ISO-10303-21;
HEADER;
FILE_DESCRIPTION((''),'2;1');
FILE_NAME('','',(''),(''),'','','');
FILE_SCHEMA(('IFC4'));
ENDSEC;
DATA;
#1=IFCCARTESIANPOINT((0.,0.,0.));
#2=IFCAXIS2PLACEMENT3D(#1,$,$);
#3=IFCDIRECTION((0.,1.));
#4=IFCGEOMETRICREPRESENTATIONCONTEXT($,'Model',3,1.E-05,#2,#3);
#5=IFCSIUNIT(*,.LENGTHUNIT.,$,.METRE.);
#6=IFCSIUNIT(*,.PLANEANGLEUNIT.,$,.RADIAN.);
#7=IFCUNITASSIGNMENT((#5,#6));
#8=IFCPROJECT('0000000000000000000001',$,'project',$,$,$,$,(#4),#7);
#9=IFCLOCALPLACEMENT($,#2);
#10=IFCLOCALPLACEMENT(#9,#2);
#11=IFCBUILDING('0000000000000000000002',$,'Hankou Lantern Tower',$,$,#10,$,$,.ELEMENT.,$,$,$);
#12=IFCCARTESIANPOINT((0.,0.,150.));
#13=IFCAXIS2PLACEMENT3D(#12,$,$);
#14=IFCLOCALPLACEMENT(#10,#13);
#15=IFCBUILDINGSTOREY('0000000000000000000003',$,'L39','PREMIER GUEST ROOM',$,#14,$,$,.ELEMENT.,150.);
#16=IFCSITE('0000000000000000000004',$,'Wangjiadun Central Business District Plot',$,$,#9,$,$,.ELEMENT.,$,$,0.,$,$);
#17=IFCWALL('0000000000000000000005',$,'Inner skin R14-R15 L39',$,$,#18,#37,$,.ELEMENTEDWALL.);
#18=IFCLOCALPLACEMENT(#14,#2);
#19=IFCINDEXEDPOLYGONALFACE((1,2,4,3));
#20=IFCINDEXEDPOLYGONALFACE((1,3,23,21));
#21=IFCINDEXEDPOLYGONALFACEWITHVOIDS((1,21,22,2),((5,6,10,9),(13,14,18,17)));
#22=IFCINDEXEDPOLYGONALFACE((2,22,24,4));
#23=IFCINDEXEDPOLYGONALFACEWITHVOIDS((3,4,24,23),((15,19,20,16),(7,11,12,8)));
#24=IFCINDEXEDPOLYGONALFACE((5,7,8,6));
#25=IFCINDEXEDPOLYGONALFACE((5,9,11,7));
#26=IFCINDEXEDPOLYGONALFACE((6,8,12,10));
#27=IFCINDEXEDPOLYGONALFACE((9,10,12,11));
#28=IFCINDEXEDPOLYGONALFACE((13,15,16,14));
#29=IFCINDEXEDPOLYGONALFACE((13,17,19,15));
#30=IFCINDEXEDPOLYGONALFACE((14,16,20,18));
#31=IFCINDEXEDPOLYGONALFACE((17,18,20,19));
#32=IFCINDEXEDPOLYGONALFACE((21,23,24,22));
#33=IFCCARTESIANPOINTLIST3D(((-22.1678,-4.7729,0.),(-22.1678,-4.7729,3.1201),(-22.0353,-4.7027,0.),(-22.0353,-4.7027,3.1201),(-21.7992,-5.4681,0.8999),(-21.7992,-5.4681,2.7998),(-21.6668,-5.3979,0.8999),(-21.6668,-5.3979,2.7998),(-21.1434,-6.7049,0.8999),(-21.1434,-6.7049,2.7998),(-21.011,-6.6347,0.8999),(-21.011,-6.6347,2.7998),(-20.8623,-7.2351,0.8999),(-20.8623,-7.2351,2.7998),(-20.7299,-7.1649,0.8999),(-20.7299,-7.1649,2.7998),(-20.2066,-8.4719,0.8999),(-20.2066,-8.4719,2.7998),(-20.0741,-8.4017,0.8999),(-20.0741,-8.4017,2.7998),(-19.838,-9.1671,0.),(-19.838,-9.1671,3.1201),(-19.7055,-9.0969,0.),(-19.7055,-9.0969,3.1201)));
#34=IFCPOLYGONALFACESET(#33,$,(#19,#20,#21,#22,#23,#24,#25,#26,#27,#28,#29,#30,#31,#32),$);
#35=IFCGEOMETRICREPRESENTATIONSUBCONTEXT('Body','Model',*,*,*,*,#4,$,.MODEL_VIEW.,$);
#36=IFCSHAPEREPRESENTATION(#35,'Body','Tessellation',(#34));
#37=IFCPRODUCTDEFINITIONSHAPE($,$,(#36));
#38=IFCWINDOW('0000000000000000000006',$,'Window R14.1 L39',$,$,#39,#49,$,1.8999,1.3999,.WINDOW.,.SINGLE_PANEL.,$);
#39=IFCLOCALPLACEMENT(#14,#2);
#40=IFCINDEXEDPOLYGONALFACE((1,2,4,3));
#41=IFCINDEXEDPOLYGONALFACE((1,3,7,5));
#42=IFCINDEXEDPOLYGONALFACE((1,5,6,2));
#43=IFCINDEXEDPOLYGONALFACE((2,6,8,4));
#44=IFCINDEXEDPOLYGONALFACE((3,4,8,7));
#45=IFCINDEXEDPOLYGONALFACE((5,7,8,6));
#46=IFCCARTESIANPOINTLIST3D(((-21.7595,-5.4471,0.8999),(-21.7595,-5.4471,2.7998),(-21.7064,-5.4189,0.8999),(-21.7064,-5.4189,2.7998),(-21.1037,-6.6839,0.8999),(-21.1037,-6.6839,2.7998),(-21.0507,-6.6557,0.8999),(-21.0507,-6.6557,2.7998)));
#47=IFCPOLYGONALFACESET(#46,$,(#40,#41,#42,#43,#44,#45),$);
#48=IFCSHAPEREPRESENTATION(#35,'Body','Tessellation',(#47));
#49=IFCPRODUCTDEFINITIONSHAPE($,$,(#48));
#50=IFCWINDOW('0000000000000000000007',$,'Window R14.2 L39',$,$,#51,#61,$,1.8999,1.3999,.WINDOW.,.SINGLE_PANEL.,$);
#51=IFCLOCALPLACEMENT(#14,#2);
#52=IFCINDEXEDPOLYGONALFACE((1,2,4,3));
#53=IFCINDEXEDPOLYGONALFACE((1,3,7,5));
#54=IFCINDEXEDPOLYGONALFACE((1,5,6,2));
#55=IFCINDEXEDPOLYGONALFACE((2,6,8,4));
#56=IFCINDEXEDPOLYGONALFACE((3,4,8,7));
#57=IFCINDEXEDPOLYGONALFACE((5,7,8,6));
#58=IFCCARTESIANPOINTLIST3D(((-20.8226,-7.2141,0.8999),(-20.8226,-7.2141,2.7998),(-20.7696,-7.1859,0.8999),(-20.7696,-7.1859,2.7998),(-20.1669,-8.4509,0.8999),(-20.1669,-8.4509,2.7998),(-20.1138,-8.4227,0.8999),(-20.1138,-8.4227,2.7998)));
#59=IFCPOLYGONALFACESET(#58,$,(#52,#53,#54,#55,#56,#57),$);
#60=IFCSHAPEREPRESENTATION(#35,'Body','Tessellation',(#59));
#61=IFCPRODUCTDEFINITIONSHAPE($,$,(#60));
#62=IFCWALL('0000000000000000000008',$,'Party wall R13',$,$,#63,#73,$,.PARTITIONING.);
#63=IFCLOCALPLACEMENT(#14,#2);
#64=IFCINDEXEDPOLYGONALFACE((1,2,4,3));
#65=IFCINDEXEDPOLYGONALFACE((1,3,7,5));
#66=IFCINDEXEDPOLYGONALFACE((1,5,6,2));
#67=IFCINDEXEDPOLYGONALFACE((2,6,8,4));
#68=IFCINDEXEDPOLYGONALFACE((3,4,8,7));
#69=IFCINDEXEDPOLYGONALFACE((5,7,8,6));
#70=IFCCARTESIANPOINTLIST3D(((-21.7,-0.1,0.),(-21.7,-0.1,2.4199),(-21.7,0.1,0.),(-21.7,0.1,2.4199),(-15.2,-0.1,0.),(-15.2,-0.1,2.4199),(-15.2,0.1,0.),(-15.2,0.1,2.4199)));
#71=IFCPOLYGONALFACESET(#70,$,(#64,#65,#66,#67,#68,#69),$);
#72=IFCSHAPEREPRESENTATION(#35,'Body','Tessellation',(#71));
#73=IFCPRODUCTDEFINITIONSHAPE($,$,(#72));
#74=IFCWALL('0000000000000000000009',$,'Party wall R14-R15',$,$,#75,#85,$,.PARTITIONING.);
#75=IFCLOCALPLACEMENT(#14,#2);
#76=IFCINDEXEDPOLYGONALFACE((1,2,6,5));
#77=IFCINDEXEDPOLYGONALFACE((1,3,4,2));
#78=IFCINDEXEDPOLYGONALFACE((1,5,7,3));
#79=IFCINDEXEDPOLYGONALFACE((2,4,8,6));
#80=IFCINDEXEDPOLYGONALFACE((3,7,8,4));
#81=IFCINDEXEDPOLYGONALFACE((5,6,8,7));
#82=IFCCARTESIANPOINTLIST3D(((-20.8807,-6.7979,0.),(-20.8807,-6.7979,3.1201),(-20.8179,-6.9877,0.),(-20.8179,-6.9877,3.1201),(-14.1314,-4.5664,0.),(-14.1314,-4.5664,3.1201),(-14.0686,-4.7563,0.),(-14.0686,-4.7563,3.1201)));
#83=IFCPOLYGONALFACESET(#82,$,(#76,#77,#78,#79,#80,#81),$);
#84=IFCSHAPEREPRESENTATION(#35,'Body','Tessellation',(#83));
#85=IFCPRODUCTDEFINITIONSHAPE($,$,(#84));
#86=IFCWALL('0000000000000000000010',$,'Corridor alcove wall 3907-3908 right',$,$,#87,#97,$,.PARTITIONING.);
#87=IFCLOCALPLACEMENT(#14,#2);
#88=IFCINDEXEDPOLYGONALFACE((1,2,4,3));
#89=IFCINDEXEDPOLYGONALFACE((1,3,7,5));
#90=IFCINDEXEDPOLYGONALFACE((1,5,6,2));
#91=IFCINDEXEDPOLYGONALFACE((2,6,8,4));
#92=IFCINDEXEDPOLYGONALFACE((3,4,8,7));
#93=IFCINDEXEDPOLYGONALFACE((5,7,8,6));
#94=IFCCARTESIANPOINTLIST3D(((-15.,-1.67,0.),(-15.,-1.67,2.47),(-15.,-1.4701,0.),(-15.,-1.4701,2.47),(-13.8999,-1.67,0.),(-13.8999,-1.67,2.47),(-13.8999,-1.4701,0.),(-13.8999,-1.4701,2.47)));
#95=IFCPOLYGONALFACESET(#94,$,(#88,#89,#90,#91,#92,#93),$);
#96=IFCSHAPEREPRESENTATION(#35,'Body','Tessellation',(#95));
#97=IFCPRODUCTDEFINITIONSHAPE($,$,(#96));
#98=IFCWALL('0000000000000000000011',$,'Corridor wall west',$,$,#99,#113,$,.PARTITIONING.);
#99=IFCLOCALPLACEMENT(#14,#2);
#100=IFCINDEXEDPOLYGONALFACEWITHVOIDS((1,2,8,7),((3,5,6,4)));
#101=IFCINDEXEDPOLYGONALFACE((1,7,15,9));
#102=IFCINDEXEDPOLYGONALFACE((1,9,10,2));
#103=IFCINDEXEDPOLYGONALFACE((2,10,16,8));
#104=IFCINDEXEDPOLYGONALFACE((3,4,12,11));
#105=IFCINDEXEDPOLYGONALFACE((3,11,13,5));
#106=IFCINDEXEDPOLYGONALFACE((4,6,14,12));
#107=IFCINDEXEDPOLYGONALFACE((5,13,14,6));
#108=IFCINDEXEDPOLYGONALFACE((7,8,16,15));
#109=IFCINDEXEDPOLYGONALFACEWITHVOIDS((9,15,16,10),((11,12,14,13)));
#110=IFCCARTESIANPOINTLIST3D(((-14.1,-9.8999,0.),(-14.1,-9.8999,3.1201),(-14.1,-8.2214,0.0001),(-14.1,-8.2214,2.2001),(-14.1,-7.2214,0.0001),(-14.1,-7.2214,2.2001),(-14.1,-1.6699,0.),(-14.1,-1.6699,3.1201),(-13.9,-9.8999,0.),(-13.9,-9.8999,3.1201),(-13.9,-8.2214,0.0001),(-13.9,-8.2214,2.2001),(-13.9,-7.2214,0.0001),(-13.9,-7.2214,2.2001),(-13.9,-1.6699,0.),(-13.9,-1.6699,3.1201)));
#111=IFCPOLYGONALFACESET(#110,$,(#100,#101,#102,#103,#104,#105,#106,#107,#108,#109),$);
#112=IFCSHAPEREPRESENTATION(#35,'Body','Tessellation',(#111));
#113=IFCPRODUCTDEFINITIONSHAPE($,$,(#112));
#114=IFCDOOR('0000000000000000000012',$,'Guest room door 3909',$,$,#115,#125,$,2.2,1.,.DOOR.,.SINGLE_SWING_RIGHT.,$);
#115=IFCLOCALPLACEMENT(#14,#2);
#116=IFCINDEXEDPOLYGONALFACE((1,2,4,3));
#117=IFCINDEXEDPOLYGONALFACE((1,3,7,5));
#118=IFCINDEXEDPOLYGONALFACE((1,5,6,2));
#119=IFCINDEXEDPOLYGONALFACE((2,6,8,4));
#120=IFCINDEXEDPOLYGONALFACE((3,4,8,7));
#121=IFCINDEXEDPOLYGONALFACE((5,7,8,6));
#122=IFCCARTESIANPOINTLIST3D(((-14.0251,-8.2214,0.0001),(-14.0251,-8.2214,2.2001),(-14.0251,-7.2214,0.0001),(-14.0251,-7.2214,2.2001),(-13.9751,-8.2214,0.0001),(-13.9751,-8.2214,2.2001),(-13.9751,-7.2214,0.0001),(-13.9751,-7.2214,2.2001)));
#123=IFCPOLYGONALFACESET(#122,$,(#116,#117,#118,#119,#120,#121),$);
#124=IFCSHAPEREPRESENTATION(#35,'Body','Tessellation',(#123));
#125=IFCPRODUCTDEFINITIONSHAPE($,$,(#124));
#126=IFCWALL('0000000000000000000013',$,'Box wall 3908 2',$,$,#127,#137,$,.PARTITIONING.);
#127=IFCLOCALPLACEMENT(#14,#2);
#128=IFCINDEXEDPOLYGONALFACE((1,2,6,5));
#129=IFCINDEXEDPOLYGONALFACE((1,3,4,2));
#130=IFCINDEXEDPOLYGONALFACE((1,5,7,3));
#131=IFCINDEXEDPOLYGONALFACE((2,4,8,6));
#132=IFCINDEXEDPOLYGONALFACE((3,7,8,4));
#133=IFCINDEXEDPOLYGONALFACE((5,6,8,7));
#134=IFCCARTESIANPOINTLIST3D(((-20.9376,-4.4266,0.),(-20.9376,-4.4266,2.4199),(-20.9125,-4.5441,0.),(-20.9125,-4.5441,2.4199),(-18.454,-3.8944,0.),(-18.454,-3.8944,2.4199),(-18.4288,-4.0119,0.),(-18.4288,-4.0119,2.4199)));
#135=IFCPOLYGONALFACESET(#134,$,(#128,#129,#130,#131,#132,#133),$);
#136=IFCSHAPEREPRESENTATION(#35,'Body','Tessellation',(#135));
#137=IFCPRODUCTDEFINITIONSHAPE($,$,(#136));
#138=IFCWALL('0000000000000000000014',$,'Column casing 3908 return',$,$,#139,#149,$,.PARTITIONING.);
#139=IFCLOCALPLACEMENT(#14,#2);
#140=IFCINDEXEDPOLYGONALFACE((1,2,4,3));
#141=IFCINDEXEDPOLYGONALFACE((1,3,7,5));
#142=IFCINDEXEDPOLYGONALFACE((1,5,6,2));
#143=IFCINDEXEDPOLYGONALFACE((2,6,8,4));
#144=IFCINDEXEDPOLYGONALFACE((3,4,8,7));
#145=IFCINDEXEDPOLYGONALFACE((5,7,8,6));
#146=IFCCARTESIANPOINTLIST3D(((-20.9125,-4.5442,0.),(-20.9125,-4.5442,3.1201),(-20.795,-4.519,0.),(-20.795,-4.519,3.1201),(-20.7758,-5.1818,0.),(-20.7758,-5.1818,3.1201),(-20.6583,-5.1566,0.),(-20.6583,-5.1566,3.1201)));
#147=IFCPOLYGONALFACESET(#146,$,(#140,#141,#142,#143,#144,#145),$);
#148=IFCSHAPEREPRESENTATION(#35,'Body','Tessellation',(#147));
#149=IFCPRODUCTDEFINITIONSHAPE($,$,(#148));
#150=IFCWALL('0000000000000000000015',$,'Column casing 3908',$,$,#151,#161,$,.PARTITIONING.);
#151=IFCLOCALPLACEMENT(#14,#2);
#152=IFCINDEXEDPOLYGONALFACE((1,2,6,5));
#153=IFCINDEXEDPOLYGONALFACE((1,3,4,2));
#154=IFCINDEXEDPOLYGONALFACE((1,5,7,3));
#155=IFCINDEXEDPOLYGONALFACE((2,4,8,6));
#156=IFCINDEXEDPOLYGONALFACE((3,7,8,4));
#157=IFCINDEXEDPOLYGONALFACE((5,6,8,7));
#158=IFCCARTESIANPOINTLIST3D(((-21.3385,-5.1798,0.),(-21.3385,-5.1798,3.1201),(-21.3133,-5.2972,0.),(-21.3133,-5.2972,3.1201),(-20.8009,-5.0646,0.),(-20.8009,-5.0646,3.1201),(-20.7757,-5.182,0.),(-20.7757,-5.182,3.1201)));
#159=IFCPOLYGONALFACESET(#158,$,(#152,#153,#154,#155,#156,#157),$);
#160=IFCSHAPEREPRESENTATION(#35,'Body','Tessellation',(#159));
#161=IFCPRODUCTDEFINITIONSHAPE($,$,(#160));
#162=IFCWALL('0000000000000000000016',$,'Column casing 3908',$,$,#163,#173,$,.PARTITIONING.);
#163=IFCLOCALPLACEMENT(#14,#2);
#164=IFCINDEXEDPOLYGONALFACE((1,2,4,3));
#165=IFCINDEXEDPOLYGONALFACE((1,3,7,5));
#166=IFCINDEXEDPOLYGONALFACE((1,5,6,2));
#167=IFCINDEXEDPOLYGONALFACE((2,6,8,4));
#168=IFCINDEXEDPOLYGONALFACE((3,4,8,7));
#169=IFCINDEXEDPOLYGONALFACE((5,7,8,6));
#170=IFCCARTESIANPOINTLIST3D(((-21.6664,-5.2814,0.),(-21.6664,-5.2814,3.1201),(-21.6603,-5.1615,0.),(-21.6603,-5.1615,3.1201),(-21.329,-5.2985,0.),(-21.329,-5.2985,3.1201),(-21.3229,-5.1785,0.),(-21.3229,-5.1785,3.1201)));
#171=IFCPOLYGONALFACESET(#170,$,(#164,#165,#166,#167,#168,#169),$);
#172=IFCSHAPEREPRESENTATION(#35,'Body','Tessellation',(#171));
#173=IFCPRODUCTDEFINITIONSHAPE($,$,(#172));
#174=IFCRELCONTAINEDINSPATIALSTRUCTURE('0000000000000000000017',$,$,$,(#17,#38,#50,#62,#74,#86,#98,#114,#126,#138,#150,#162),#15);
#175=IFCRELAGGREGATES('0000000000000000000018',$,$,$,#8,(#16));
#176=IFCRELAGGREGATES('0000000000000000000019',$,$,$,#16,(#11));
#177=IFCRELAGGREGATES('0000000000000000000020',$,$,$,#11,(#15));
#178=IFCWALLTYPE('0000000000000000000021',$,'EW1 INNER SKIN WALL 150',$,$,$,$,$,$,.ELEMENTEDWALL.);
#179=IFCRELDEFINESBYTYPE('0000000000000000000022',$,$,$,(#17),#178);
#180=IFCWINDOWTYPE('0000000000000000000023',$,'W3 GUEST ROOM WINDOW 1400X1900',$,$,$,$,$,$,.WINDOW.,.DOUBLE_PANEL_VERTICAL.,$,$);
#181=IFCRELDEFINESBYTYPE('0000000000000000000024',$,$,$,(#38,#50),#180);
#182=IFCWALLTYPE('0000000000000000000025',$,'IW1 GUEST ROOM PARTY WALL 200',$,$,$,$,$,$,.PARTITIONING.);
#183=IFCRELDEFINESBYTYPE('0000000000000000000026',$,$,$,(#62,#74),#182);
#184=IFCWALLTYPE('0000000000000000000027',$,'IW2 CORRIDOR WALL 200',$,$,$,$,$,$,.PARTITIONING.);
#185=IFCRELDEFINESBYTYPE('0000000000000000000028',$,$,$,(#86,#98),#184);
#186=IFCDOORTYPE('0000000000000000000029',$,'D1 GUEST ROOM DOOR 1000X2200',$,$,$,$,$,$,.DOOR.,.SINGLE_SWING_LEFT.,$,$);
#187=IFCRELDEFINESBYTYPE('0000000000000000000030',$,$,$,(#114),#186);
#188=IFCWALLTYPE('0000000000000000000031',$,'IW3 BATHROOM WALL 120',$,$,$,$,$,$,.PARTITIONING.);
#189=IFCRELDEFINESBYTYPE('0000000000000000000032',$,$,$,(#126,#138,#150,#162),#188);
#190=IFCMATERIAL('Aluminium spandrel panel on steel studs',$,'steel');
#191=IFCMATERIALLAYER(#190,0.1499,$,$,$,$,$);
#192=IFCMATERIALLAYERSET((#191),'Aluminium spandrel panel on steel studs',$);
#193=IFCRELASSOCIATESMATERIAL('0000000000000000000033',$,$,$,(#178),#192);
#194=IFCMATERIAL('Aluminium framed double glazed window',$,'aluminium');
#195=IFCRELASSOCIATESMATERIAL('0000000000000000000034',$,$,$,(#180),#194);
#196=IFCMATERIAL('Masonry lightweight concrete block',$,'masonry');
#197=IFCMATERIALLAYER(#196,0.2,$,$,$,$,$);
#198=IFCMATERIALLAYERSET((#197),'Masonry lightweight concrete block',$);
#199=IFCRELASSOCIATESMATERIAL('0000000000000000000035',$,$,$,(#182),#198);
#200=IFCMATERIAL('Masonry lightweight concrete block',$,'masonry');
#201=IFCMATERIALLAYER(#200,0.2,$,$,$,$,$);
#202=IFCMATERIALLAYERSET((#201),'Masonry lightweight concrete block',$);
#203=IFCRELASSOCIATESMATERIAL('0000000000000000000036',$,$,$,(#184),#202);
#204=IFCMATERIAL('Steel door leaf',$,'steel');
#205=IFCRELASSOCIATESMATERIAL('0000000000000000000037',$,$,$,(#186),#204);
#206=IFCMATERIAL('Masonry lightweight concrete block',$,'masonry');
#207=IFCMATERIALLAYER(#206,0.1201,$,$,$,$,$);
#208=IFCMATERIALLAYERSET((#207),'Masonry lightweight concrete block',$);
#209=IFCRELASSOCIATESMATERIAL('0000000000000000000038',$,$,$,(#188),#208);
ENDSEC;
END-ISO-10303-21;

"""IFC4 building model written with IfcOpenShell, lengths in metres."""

from ifc_helpers import new_model, si_unit, direction, frame, frame_2d, origin, place, context, subcontext, project, spatial, rectangle, extrude, material, layer, layer_set, type_object, element, fill, save


model = new_model("IFC4")

# Units and contexts
model_context = context("Model", 3, precision=1e-05, world=origin(), true_north=direction((0.0, 1.0)))
body_context = subcontext(model_context, "Body", "Model", "MODEL_VIEW")
ifc_project = project(units=[si_unit("LENGTHUNIT", "METRE"), si_unit("PLANEANGLEUNIT", "RADIAN")], contexts=[model_context])

# Site, building, storey
site_placement = place(None, origin())
site = spatial("IfcSite", under=ifc_project, at=site_placement, Name="Wangjiadun Central Business District Plot", CompositionType="ELEMENT", RefElevation=0.0)
building_placement = place(site_placement, origin())
building = spatial("IfcBuilding", under=site, at=building_placement, Name="Hankou Lantern Tower", CompositionType="ELEMENT")
storey_placement = place(building_placement, frame((0.0, 0.0, 150.0)))
storey = spatial("IfcBuildingStorey", under=building, at=storey_placement, Name="L39", Description="PREMIER GUEST ROOM", CompositionType="ELEMENT", Elevation=150.0)

# Wall, openings, windows
ifc_material_1 = material(Name="Aluminium spandrel panel on steel studs", Category="steel")
ifc_layer_1 = layer(ifc_material_1, 0.1499)
ifc_layer_set_1 = layer_set([ifc_layer_1], Name="Aluminium spandrel panel on steel studs")
wall_type_1 = type_object("IfcWallType", Name="EW1 INNER SKIN WALL 150", PredefinedType="ELEMENTEDWALL", material=ifc_layer_set_1)
ifc_material_2 = material(Name="Aluminium framed double glazed window", Category="aluminium")
window_type = type_object("IfcWindowType", Name="W3 GUEST ROOM WINDOW 1400X1900", PartitioningType="DOUBLE_PANEL_VERTICAL", PredefinedType="WINDOW", material=ifc_material_2)
wall_1_placement = place(storey_placement, frame((-22.1016, -4.7378, 0.0), z_axis=(0.0, 0.0, 1.0), x_axis=(0.468429, -0.883501, 0.0)))
wall_1 = element("IfcWall", 1, at=wall_1_placement, inside=storey, type_object=wall_type_1, Name="Inner skin R14-R15 L39", PredefinedType="ELEMENTEDWALL", context=body_context, shape_type="SweptSolid", body=[
    extrude(rectangle(XDim=4.9736, YDim=0.1499, at=frame_2d((2.4868, 0.0))), origin(), (0.0, 0.0, 1.0), 3.1201),
])
opening_1_placement = place(wall_1_placement, frame((0.7869, 0.0, 0.8999)))
opening_1 = element("IfcOpeningElement", 2, at=opening_1_placement, cuts=wall_1, PredefinedType="OPENING", context=body_context, shape_type="SweptSolid", body=[
    extrude(rectangle(XDim=1.3999, YDim=1.8999, at=frame_2d((0.7, 0.95))), frame((0.0, 0.085, 0.0), z_axis=(0.0, -1.0, 0.0), x_axis=(1.0, 0.0, 0.0)), (0.0, 0.0, 1.0), 0.1699),
])
opening_2_placement = place(wall_1_placement, frame((2.7869, 0.0, 0.8999)))
opening_2 = element("IfcOpeningElement", 3, at=opening_2_placement, cuts=wall_1, PredefinedType="OPENING", context=body_context, shape_type="SweptSolid", body=[
    extrude(rectangle(XDim=1.3999, YDim=1.8999, at=frame_2d((0.7, 0.95))), frame((0.0, 0.085, 0.0), z_axis=(0.0, -1.0, 0.0), x_axis=(1.0, 0.0, 0.0)), (0.0, 0.0, 1.0), 0.1699),
])
window_1_placement = place(opening_1_placement, origin())
window_1 = element("IfcWindow", 4, at=window_1_placement, inside=storey, type_object=window_type, Name="Window R14.1 L39", OverallHeight=1.8999, OverallWidth=1.3999, PartitioningType="SINGLE_PANEL", PredefinedType="WINDOW", context=body_context, shape_type="SweptSolid", body=[
    extrude(rectangle(XDim=1.3999, YDim=1.8999, at=frame_2d((0.7, 0.95))), frame((0.0, 0.03, 0.0), z_axis=(0.0, -1.0, 0.0), x_axis=(1.0, 0.0, 0.0)), (0.0, 0.0, 1.0), 0.0601),
])
fill(opening_1, window_1)
window_2_placement = place(opening_2_placement, origin())
window_2 = element("IfcWindow", 5, at=window_2_placement, inside=storey, type_object=window_type, Name="Window R14.2 L39", OverallHeight=1.8999, OverallWidth=1.3999, PartitioningType="SINGLE_PANEL", PredefinedType="WINDOW", context=body_context, shape_type="SweptSolid", body=[
    extrude(rectangle(XDim=1.3999, YDim=1.8999, at=frame_2d((0.7, 0.95))), frame((0.0, 0.03, 0.0), z_axis=(0.0, -1.0, 0.0), x_axis=(1.0, 0.0, 0.0)), (0.0, 0.0, 1.0), 0.0601),
])
fill(opening_2, window_2)

# Walls
ifc_material_3 = material(Name="Masonry lightweight concrete block", Category="masonry")
ifc_layer_2 = layer(ifc_material_3, 0.2)
ifc_layer_set_2 = layer_set([ifc_layer_2], Name="Masonry lightweight concrete block")
wall_type_2 = type_object("IfcWallType", Name="IW1 GUEST ROOM PARTY WALL 200", PredefinedType="PARTITIONING", material=ifc_layer_set_2)
wall_2_placement = place(storey_placement, frame((-15.2, 0.0, 0.0), z_axis=(0.0, 0.0, 1.0), x_axis=(-1.0, 0.0, 0.0)))
element("IfcWall", 6, at=wall_2_placement, inside=storey, type_object=wall_type_2, Name="Party wall R13", PredefinedType="PARTITIONING", context=body_context, shape_type="SweptSolid", body=[
    extrude(rectangle(XDim=6.5, YDim=0.2, at=frame_2d((3.25, 0.0))), origin(), (0.0, 0.0, 1.0), 2.4199),
])
wall_3_placement = place(storey_placement, frame((-14.1001, -4.6614, 0.0), z_axis=(0.0, 0.0, 1.0), x_axis=(-0.949453, -0.313909, 0.0)))
element("IfcWall", 7, at=wall_3_placement, inside=storey, type_object=wall_type_2, Name="Party wall R14-R15", PredefinedType="PARTITIONING", context=body_context, shape_type="SweptSolid", body=[
    extrude(rectangle(XDim=7.1086, YDim=0.2, at=frame_2d((3.5542, 0.0))), origin(), (0.0, 0.0, 1.0), 3.1201),
])
ifc_material_4 = material(Name="Masonry lightweight concrete block", Category="masonry")
ifc_layer_3 = layer(ifc_material_4, 0.2)
ifc_layer_set_3 = layer_set([ifc_layer_3], Name="Masonry lightweight concrete block")
wall_type_3 = type_object("IfcWallType", Name="IW2 CORRIDOR WALL 200", PredefinedType="PARTITIONING", material=ifc_layer_set_3)
wall_4_placement = place(storey_placement, frame((-13.8999, -1.5701, 0.0), z_axis=(0.0, 0.0, 1.0), x_axis=(-1.0, 0.0, 0.0)))
element("IfcWall", 8, at=wall_4_placement, inside=storey, type_object=wall_type_3, Name="Corridor alcove wall 3907-3908 right", PredefinedType="PARTITIONING", context=body_context, shape_type="SweptSolid", body=[
    extrude(rectangle(XDim=1.1001, YDim=0.2, at=frame_2d((0.55, 0.0))), origin(), (0.0, 0.0, 1.0), 2.47),
])

# Wall, opening, door
wall_5_placement = place(storey_placement, frame((-14.0, -1.6699, 0.0), z_axis=(0.0, 0.0, 1.0), x_axis=(0.0, -1.0, 0.0)))
wall_5 = element("IfcWall", 9, at=wall_5_placement, inside=storey, type_object=wall_type_3, Name="Corridor wall west", PredefinedType="PARTITIONING", context=body_context, shape_type="SweptSolid", body=[
    extrude(rectangle(XDim=8.23, YDim=0.2, at=frame_2d((4.115, 0.0))), origin(), (0.0, 0.0, 1.0), 3.1201),
])
opening_3_placement = place(wall_5_placement, frame((5.5515, 0.0, 0.0)))
opening_3 = element("IfcOpeningElement", 10, at=opening_3_placement, cuts=wall_5, PredefinedType="OPENING", context=body_context, shape_type="SweptSolid", body=[
    extrude(rectangle(XDim=1.0, YDim=2.2, at=frame_2d((0.5, 1.1001))), frame((0.0, 0.1099, 0.0), z_axis=(0.0, -1.0, 0.0), x_axis=(1.0, 0.0, 0.0)), (0.0, 0.0, 1.0), 0.22),
])
ifc_material_5 = material(Name="Steel door leaf", Category="steel")
door_type = type_object("IfcDoorType", Name="D1 GUEST ROOM DOOR 1000X2200", OperationType="SINGLE_SWING_LEFT", PredefinedType="DOOR", material=ifc_material_5)
door_placement = place(opening_3_placement, origin())
door = element("IfcDoor", 11, at=door_placement, inside=storey, type_object=door_type, Name="Guest room door 3909", OperationType="SINGLE_SWING_RIGHT", OverallHeight=2.2, OverallWidth=1.0, PredefinedType="DOOR", context=body_context, shape_type="SweptSolid", body=[
    extrude(rectangle(XDim=1.0, YDim=2.2, at=frame_2d((0.5, 1.1001))), frame((0.0, 0.0249, 0.0), z_axis=(0.0, -1.0, 0.0), x_axis=(1.0, 0.0, 0.0)), (0.0, 0.0, 1.0), 0.05),
])
fill(opening_3, door)

# Walls
ifc_material_6 = material(Name="Masonry lightweight concrete block", Category="masonry")
ifc_layer_4 = layer(ifc_material_6, 0.1201)
ifc_layer_set_4 = layer_set([ifc_layer_4], Name="Masonry lightweight concrete block")
wall_type_4 = type_object("IfcWallType", Name="IW3 BATHROOM WALL 120", PredefinedType="PARTITIONING", material=ifc_layer_set_4)
wall_6_placement = place(storey_placement, frame((-18.4414, -3.9531, 0.0), z_axis=(0.0, 0.0, 1.0), x_axis=(-0.977801, -0.209536, 0.0)))
element("IfcWall", 12, at=wall_6_placement, inside=storey, type_object=wall_type_4, Name="Box wall 3908 2", PredefinedType="PARTITIONING", context=body_context, shape_type="SweptSolid", body=[
    extrude(rectangle(XDim=2.54, YDim=0.1201, at=frame_2d((1.27, 0.0))), origin(), (0.0, 0.0, 1.0), 2.4199),
])
wall_7_placement = place(storey_placement, frame((-20.8538, -4.5315, 0.0), z_axis=(0.0, 0.0, 1.0), x_axis=(0.209631, -0.97778, 0.0)))
element("IfcWall", 13, at=wall_7_placement, inside=storey, type_object=wall_type_4, Name="Column casing 3908 return", PredefinedType="PARTITIONING", context=body_context, shape_type="SweptSolid", body=[
    extrude(rectangle(XDim=0.6521, YDim=0.1201, at=frame_2d((0.3262, 0.0))), origin(), (0.0, 0.0, 1.0), 3.1201),
])
wall_8_placement = place(storey_placement, frame((-20.7883, -5.1233, 0.0), z_axis=(0.0, 0.0, 1.0), x_axis=(-0.977789, -0.20959, 0.0)))
element("IfcWall", 14, at=wall_8_placement, inside=storey, type_object=wall_type_4, Name="Column casing 3908", PredefinedType="PARTITIONING", context=body_context, shape_type="SweptSolid", body=[
    extrude(rectangle(XDim=0.5498, YDim=0.1201, at=frame_2d((0.2749, 0.0))), origin(), (0.0, 0.0, 1.0), 3.1201),
])
wall_9_placement = place(storey_placement, frame((-21.3259, -5.2385, 0.0), z_axis=(0.0, 0.0, 1.0), x_axis=(-0.99872, 0.050586, 0.0)))
element("IfcWall", 15, at=wall_9_placement, inside=storey, type_object=wall_type_4, Name="Column casing 3908", PredefinedType="PARTITIONING", context=body_context, shape_type="SweptSolid", body=[
    extrude(rectangle(XDim=0.3379, YDim=0.1201, at=frame_2d((0.1689, 0.0))), origin(), (0.0, 0.0, 1.0), 3.1201),
])

save(model, "model.ifc")
